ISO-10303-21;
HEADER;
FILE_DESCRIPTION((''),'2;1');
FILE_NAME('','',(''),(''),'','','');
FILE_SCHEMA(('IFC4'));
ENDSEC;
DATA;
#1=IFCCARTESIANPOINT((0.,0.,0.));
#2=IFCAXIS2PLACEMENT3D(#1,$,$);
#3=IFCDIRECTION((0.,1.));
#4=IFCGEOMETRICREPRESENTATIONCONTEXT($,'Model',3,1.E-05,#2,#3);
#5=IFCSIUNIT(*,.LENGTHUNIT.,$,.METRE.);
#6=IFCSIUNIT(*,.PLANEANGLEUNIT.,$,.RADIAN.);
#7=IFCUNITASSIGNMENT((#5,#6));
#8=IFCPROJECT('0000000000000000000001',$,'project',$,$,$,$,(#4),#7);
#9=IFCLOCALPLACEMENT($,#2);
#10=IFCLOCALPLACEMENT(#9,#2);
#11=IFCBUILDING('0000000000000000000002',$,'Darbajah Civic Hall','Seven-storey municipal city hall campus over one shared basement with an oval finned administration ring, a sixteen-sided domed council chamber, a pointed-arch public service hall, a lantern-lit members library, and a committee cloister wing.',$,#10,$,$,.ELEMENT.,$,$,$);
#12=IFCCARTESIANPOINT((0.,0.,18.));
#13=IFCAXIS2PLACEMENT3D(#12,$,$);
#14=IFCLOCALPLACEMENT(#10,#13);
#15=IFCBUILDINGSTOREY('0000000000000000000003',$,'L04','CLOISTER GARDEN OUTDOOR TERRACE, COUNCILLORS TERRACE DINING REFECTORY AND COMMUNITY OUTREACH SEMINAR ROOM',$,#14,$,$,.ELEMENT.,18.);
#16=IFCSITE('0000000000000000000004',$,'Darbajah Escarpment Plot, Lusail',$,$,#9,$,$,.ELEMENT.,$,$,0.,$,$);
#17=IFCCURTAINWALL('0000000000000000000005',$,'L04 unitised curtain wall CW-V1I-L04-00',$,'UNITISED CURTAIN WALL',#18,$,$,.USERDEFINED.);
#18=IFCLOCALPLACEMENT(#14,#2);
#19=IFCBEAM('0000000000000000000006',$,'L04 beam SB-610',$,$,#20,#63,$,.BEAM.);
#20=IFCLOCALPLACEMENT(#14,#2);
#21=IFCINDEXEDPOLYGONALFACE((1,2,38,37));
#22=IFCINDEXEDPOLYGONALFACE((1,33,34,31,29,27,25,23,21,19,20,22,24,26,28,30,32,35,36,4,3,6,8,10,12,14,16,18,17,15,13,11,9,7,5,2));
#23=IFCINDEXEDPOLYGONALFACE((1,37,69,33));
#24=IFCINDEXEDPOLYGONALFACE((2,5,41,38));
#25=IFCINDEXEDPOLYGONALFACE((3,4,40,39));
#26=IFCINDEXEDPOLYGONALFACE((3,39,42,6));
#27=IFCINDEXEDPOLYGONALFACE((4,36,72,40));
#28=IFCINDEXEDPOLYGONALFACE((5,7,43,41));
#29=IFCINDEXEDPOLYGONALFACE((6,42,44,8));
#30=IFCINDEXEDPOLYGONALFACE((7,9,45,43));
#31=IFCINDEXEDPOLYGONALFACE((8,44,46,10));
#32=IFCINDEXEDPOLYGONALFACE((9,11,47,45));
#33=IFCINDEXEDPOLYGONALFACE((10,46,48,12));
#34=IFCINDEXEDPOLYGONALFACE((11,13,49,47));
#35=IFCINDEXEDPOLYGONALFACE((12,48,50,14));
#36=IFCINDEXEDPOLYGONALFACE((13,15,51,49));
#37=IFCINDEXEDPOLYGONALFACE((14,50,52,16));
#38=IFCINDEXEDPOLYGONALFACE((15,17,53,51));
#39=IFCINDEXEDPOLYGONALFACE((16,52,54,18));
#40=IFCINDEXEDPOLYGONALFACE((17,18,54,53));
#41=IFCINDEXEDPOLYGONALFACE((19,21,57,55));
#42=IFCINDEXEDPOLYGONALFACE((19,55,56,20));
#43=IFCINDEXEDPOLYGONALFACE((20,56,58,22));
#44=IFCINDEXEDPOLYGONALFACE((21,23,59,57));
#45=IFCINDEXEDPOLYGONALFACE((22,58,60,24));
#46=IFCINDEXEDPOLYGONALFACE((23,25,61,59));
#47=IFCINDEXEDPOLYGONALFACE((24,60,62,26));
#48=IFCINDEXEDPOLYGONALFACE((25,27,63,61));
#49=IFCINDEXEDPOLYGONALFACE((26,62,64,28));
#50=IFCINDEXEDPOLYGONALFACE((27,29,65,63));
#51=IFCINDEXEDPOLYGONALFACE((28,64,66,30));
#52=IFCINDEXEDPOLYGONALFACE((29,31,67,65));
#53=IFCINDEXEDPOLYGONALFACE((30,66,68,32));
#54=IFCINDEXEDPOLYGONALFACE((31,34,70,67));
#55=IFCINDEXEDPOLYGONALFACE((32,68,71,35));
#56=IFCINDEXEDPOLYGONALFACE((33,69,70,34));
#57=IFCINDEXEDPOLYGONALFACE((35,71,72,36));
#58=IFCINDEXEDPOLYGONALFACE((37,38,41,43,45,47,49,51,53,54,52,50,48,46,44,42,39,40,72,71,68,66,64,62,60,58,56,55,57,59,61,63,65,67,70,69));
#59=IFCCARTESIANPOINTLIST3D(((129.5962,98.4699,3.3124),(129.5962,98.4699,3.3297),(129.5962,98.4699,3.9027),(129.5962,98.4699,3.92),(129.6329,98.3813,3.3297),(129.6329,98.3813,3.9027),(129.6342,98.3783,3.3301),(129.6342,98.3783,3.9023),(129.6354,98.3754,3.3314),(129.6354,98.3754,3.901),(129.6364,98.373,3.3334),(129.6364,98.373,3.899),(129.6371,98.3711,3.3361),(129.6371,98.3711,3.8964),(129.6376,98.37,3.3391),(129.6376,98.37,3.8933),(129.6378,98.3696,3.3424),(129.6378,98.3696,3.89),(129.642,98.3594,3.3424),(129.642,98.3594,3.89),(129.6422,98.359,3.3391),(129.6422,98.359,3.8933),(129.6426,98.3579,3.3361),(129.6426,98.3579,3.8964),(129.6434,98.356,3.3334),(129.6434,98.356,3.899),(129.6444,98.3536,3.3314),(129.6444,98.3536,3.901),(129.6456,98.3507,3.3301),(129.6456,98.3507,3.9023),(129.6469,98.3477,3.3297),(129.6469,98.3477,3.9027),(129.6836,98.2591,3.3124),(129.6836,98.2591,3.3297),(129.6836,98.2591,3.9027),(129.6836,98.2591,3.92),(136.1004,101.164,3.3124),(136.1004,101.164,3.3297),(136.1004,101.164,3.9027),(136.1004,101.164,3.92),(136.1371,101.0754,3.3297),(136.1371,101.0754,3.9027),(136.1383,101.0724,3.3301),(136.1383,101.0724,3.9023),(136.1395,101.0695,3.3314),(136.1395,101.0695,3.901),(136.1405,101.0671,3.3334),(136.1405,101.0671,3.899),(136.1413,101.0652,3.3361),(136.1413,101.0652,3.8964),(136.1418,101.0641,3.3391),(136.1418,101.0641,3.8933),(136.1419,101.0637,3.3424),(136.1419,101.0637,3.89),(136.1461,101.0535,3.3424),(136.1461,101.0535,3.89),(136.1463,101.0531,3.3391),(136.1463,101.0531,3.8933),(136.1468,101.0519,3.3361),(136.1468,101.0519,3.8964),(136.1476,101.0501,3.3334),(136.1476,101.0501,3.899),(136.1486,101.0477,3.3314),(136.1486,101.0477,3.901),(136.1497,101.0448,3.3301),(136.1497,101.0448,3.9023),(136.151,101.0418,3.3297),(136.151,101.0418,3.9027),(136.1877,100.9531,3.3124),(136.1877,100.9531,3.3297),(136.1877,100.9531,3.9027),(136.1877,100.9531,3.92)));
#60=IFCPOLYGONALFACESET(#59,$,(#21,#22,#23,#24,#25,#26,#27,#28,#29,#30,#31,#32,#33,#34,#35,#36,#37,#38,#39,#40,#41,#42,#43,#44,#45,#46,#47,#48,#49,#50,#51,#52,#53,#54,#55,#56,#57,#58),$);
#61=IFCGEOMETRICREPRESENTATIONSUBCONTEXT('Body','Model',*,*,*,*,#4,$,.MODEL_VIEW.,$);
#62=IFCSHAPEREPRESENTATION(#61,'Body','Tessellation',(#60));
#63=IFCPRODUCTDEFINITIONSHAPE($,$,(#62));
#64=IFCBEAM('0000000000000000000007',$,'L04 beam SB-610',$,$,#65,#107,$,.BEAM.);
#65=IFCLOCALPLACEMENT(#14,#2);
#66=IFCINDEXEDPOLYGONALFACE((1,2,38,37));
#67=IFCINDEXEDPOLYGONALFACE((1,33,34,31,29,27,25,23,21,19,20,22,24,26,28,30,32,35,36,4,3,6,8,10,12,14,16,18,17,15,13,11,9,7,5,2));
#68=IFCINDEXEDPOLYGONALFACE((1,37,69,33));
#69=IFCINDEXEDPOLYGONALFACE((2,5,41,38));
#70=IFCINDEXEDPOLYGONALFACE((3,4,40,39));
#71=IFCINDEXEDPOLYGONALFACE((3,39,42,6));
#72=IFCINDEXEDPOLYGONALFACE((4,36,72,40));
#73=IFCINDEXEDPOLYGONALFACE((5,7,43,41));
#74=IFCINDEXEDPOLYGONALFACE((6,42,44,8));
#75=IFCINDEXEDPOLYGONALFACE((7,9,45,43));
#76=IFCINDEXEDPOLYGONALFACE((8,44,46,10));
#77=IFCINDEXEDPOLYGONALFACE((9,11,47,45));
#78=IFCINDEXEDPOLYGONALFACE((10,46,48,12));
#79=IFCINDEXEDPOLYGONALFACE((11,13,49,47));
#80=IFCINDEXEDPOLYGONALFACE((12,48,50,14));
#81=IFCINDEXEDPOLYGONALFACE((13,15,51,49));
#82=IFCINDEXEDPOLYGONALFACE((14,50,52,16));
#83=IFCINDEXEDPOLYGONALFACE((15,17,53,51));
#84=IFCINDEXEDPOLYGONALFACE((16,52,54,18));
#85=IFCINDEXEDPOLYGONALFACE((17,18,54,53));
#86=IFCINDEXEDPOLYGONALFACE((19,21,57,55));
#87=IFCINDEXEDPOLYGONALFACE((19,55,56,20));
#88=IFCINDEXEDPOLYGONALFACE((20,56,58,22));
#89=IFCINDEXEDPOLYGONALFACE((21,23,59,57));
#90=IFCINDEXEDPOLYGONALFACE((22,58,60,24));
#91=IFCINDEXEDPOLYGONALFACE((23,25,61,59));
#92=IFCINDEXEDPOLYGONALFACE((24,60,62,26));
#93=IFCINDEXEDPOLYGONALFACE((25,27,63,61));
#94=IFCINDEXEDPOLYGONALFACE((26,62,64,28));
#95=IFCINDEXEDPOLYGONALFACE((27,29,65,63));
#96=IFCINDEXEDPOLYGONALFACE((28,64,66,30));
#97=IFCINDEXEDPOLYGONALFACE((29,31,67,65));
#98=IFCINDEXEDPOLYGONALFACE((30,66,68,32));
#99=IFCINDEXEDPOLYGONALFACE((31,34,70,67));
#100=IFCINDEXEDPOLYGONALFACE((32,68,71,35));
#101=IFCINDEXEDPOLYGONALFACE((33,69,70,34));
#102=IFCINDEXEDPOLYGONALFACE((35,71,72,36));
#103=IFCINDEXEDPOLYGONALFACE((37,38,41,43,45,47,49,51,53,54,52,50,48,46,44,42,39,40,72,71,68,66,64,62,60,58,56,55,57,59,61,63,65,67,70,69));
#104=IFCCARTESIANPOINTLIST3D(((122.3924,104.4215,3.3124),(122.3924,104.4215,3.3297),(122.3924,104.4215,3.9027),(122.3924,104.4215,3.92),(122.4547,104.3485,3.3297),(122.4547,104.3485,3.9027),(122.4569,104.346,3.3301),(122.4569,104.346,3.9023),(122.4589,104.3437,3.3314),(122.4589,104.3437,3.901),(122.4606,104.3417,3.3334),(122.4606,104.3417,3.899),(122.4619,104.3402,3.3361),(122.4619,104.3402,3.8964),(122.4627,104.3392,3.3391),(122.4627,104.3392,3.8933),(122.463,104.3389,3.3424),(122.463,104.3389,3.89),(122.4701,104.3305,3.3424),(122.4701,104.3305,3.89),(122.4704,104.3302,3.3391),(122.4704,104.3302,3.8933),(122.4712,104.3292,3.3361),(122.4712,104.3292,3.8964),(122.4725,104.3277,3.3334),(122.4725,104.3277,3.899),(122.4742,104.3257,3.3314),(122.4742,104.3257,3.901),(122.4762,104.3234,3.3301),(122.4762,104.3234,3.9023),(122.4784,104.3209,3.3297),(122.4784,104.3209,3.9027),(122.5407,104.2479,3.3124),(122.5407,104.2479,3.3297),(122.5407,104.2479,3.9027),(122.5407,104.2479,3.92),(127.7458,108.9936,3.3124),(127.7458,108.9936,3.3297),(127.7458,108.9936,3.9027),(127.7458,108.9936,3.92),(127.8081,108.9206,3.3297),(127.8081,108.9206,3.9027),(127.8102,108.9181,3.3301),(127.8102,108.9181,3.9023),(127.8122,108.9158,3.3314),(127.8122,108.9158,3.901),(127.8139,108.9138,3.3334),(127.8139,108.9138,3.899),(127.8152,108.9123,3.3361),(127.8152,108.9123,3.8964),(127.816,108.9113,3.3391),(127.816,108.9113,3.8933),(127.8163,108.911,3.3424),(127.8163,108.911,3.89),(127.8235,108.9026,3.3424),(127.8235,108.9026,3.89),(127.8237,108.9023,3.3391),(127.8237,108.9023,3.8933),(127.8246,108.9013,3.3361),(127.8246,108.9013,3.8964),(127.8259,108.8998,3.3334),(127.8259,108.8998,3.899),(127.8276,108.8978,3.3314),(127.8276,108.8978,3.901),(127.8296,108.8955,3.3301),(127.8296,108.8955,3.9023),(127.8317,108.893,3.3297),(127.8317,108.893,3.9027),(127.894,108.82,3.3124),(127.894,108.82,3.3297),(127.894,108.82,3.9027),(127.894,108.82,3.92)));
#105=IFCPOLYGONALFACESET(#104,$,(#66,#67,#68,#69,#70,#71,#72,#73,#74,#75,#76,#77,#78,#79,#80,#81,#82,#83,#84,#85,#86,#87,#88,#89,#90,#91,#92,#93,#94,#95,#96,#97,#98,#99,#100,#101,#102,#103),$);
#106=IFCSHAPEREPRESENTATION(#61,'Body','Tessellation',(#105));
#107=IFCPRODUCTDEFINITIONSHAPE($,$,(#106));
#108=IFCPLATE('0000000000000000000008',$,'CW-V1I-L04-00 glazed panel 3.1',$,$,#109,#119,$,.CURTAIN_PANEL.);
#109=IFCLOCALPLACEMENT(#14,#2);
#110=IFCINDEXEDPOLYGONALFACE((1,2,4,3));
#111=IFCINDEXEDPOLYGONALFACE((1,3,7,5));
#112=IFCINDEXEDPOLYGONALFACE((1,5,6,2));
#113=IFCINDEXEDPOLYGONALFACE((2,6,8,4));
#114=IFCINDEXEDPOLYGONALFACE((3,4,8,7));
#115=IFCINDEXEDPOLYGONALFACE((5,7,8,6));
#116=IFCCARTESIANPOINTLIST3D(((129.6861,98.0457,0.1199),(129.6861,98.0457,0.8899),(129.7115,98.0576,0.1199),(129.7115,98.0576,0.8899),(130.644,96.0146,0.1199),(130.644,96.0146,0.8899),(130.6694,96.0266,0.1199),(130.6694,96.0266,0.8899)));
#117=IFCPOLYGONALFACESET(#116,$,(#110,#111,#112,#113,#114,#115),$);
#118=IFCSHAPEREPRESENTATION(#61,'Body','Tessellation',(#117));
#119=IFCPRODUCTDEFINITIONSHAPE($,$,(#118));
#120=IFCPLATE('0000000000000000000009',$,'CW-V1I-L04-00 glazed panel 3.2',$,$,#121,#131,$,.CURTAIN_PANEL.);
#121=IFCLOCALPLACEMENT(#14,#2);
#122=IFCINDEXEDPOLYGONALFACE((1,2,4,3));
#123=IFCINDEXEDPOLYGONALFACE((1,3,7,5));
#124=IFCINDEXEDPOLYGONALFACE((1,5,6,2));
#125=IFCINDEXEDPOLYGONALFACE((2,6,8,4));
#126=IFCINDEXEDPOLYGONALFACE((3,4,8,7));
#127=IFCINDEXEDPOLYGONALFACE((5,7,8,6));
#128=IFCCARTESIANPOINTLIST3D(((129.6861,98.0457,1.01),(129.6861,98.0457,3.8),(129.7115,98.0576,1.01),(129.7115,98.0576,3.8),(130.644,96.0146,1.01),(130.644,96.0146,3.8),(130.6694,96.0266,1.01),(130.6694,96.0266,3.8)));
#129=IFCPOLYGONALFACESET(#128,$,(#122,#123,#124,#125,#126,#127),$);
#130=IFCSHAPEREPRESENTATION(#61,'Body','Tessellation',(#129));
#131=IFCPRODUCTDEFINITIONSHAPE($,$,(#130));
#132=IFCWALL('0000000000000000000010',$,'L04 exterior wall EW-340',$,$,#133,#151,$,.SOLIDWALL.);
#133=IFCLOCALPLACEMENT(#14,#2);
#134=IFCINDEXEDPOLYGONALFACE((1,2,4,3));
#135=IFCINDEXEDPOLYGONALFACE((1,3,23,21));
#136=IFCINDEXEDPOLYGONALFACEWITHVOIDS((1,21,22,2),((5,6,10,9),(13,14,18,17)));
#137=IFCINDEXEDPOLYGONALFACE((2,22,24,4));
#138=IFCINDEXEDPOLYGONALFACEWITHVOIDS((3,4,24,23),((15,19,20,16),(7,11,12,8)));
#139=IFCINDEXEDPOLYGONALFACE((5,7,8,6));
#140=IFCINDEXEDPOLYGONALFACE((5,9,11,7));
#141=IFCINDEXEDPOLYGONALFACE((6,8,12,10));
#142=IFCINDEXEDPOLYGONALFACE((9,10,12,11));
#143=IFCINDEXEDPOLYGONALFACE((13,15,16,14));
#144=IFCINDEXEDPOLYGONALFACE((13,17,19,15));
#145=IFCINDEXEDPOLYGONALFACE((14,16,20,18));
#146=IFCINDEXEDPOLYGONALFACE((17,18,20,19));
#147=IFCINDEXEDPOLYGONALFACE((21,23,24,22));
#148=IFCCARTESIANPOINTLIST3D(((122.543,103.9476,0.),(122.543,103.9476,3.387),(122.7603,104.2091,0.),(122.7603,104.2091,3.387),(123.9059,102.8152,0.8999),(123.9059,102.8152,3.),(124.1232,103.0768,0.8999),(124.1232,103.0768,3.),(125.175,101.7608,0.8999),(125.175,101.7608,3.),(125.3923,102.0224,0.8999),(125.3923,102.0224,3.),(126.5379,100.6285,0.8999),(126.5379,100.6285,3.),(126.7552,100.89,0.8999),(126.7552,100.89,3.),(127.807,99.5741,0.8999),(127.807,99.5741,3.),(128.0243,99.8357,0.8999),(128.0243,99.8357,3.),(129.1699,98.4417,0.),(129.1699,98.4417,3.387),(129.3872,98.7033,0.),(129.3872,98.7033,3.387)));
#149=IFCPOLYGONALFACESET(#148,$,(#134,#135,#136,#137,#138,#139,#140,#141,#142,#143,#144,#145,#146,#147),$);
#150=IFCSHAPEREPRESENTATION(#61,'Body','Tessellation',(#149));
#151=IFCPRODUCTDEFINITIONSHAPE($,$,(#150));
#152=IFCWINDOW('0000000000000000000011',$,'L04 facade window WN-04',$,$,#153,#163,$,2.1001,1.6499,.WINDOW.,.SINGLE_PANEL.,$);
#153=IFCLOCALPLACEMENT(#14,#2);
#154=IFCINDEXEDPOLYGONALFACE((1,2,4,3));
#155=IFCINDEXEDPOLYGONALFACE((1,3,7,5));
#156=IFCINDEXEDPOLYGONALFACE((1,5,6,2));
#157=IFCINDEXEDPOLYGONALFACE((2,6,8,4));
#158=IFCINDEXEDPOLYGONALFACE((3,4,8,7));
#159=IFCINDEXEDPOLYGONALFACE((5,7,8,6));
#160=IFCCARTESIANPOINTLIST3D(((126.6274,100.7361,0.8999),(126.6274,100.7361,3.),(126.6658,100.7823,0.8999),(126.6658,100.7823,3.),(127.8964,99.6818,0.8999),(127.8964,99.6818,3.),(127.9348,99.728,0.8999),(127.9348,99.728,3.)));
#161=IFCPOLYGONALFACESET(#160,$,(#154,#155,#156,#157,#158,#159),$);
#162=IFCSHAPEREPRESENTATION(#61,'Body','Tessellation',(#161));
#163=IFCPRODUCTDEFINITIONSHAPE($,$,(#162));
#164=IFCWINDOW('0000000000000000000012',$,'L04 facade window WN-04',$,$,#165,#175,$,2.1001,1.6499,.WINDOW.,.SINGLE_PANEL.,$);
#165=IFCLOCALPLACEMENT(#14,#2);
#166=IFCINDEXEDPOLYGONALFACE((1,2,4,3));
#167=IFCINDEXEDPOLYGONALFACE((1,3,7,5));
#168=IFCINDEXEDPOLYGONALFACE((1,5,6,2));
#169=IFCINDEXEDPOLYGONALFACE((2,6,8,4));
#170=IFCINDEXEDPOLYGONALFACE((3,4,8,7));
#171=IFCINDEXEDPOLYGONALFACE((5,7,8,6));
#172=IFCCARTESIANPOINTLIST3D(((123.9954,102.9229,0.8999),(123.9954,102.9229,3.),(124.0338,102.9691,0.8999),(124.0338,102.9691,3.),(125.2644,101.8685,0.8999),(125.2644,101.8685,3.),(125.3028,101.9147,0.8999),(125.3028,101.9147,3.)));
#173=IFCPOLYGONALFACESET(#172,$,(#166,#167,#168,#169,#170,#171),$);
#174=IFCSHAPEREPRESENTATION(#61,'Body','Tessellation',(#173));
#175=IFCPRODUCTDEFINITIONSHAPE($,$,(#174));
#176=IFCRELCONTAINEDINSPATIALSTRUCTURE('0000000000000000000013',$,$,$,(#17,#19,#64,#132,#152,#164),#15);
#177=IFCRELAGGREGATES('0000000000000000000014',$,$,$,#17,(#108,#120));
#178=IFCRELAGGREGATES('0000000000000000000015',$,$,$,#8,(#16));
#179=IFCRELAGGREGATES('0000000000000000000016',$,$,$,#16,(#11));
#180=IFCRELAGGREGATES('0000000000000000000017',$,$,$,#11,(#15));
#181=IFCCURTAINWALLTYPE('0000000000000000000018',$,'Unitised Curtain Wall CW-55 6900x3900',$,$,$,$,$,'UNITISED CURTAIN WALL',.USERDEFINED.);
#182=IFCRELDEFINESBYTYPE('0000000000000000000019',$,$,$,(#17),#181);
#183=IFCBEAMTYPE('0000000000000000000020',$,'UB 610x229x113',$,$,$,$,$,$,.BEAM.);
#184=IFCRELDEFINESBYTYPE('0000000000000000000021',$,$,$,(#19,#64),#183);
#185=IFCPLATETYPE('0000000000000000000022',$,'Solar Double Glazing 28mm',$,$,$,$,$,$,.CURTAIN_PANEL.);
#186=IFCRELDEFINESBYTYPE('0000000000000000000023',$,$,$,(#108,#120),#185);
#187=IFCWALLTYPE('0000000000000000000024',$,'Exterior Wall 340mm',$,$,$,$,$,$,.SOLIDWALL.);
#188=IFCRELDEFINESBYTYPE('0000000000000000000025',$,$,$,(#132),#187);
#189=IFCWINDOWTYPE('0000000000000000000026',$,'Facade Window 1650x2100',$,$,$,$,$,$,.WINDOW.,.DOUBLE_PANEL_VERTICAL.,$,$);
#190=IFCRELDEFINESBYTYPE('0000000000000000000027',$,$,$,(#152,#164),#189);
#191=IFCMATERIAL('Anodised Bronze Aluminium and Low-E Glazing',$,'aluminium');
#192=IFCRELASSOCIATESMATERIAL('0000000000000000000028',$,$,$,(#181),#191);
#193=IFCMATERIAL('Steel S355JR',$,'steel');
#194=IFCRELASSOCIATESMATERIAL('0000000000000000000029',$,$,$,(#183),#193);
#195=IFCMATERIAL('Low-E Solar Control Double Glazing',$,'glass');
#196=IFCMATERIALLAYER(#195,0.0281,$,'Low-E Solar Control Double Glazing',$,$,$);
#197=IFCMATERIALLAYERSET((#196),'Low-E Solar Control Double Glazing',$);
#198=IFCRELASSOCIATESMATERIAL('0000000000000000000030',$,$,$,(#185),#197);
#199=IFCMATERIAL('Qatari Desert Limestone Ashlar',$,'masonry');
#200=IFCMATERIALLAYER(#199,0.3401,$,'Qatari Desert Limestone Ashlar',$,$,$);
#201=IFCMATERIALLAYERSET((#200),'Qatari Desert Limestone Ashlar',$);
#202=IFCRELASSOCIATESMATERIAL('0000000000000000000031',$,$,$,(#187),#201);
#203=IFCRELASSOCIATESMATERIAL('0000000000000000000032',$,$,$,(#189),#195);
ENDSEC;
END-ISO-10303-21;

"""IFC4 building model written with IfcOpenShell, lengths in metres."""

from ifc_helpers import new_model, si_unit, direction, frame, frame_2d, origin, origin_2d, place, context, subcontext, project, spatial, rectangle, i_section, extrude, material, layer, layer_set, material_profile, profile_set, type_object, element, fill, aggregate, save


model = new_model("IFC4")

# Units and contexts
model_context = context("Model", 3, precision=1e-05, world=origin(), true_north=direction((0.0, 1.0)))
body_context = subcontext(model_context, "Body", "Model", "MODEL_VIEW")
ifc_project = project(units=[si_unit("LENGTHUNIT", "METRE"), si_unit("PLANEANGLEUNIT", "RADIAN")], contexts=[model_context])

# Site, building, storey
site_placement = place(None, origin())
site = spatial("IfcSite", under=ifc_project, at=site_placement, Name="Darbajah Escarpment Plot, Lusail", CompositionType="ELEMENT", RefElevation=0.0)
building_placement = place(site_placement, origin())
building = spatial("IfcBuilding", under=site, at=building_placement, Name="Darbajah Civic Hall", Description="Seven-storey municipal city hall campus over one shared basement with an oval finned administration ring, a sixteen-sided domed council chamber, a pointed-arch public service hall, a lantern-lit members library, and a committee cloister wing.", CompositionType="ELEMENT")
storey_placement = place(building_placement, frame((0.0, 0.0, 18.0)))
storey = spatial("IfcBuildingStorey", under=building, at=storey_placement, Name="L04", Description="CLOISTER GARDEN OUTDOOR TERRACE, COUNCILLORS TERRACE DINING REFECTORY AND COMMUNITY OUTREACH SEMINAR ROOM", CompositionType="ELEMENT", Elevation=18.0)

# Curtain wall
ifc_material_1 = material(Name="Anodised Bronze Aluminium and Low-E Glazing", Category="aluminium")
curtain_wall_type_1 = type_object("IfcCurtainWallType", Name="Unitised Curtain Wall CW-55 6900x3900", ElementType="UNITISED CURTAIN WALL", PredefinedType="USERDEFINED", material=ifc_material_1)
curtain_wall_1_placement = place(storey_placement, origin())
curtain_wall_1 = element("IfcCurtainWall", 1, at=curtain_wall_1_placement, inside=storey, type_object=curtain_wall_type_1, Name="L04 unitised curtain wall CW-V1I-L04-00", ObjectType="UNITISED CURTAIN WALL", PredefinedType="USERDEFINED")

# Beams
ifc_material_2 = material(Name="Steel S355JR", Category="steel")
ifc_material_profile_1 = material_profile(ifc_material_2, i_section(OverallWidth=0.2283, OverallDepth=0.6077, WebThickness=0.011, FlangeThickness=0.0173, FilletRadius=0.0127, at=origin_2d()), Name="UB 610x229x113")
ifc_profile_set_1 = profile_set([ifc_material_profile_1], Name="Steel S355JR")
beam_type_1 = type_object("IfcBeamType", Name="UB 610x229x113", PredefinedType="BEAM", material=ifc_profile_set_1)
for number, where, z_axis, x_axis, name in (
    (2, (129.6399, 98.3645, 3.6162), (0.92388, 0.382682, 0.0), (-0.382682, 0.92388, 0.0), "L04 beam SB-610"),
    (3, (122.4666, 104.3347, 3.6162), (0.760413, 0.649439, 0.0), (-0.649439, 0.760413, 0.0), "L04 beam SB-610"),
):
    element("IfcBeam", number, at=place(storey_placement, frame(where, z_axis=z_axis, x_axis=x_axis)), inside=storey, type_object=beam_type_1, Name=name, PredefinedType="BEAM", context=body_context, shape_type="SweptSolid", body=[
        extrude(i_section(OverallWidth=0.2283, OverallDepth=0.6077, WebThickness=0.011, FlangeThickness=0.0173, FilletRadius=0.0127, at=origin_2d()), origin(), (0.0, 0.0, 1.0), 7.04),
    ])

# Plates
ifc_material_3 = material(Name="Low-E Solar Control Double Glazing", Category="glass")
ifc_layer_1 = layer(ifc_material_3, 0.0281, Name="Low-E Solar Control Double Glazing")
ifc_layer_set_1 = layer_set([ifc_layer_1], Name="Low-E Solar Control Double Glazing")
plate_type = type_object("IfcPlateType", Name="Solar Double Glazing 28mm", PredefinedType="CURTAIN_PANEL", material=ifc_layer_set_1)
plate_1_placement = place(storey_placement, frame((130.1777, 97.0361, 0.1199), z_axis=(0.0, 0.0, 1.0), x_axis=(-0.426569, 0.904455, 0.0)))
plate_1 = element("IfcPlate", 4, at=plate_1_placement, type_object=plate_type, Name="CW-V1I-L04-00 glazed panel 3.1", PredefinedType="CURTAIN_PANEL", context=body_context, shape_type="SweptSolid", body=[
    extrude(rectangle(XDim=2.2456, YDim=0.0281, at=origin_2d()), origin(), (0.0, 0.0, 1.0), 0.77),
])
plate_2_placement = place(storey_placement, frame((130.1777, 97.0361, 1.01), z_axis=(0.0, 0.0, 1.0), x_axis=(-0.426569, 0.904455, 0.0)))
plate_2 = element("IfcPlate", 5, at=plate_2_placement, type_object=plate_type, Name="CW-V1I-L04-00 glazed panel 3.2", PredefinedType="CURTAIN_PANEL", context=body_context, shape_type="SweptSolid", body=[
    extrude(rectangle(XDim=2.2456, YDim=0.0281, at=origin_2d()), origin(), (0.0, 0.0, 1.0), 2.79),
])
aggregate(curtain_wall_1, [plate_1, plate_2])

# Wall, openings, windows
ifc_material_4 = material(Name="Qatari Desert Limestone Ashlar", Category="masonry")
ifc_layer_2 = layer(ifc_material_4, 0.3401, Name="Qatari Desert Limestone Ashlar")
ifc_layer_set_2 = layer_set([ifc_layer_2], Name="Qatari Desert Limestone Ashlar")
wall_type_1 = type_object("IfcWallType", Name="Exterior Wall 340mm", PredefinedType="SOLIDWALL", material=ifc_layer_set_2)
wall_1_placement = place(storey_placement, frame((129.2786, 98.5725, 0.0), z_axis=(0.0, 0.0, 1.0), x_axis=(-0.769168, 0.639047, 0.0)))
wall_1 = element("IfcWall", 6, at=wall_1_placement, inside=storey, type_object=wall_type_1, Name="L04 exterior wall EW-340", PredefinedType="SOLIDWALL", context=body_context, shape_type="SweptSolid", body=[
    extrude(rectangle(XDim=8.6157, YDim=0.3401, at=frame_2d((4.3079, 0.0))), origin(), (0.0, 0.0, 1.0), 3.387),
])
opening_1_placement = place(wall_1_placement, frame((1.772, 0.0, 0.8999)))
opening_1 = element("IfcOpeningElement", 7, at=opening_1_placement, cuts=wall_1, PredefinedType="OPENING", context=body_context, shape_type="SweptSolid", body=[
    extrude(rectangle(XDim=1.6499, YDim=2.1001, at=frame_2d((0.825, 1.05))), frame((0.0, 0.1799, 0.0), z_axis=(0.0, -1.0, 0.0), x_axis=(1.0, 0.0, 0.0)), (0.0, 0.0, 1.0), 0.3601),
])
opening_2_placement = place(wall_1_placement, frame((5.1938, 0.0, 0.8999)))
opening_2 = element("IfcOpeningElement", 8, at=opening_2_placement, cuts=wall_1, PredefinedType="OPENING", context=body_context, shape_type="SweptSolid", body=[
    extrude(rectangle(XDim=1.6499, YDim=2.1001, at=frame_2d((0.825, 1.05))), frame((0.0, 0.1799, 0.0), z_axis=(0.0, -1.0, 0.0), x_axis=(1.0, 0.0, 0.0)), (0.0, 0.0, 1.0), 0.3601),
])
window_type_1 = type_object("IfcWindowType", Name="Facade Window 1650x2100", PartitioningType="DOUBLE_PANEL_VERTICAL", PredefinedType="WINDOW", material=ifc_material_3)
window_1_placement = place(opening_1_placement, origin())
window_1 = element("IfcWindow", 9, at=window_1_placement, inside=storey, type_object=window_type_1, Name="L04 facade window WN-04", OverallHeight=2.1001, OverallWidth=1.6499, PartitioningType="SINGLE_PANEL", PredefinedType="WINDOW", context=body_context, shape_type="SweptSolid", body=[
    extrude(rectangle(XDim=1.6499, YDim=2.1001, at=frame_2d((0.825, 1.05))), frame((0.0, 0.03, 0.0), z_axis=(0.0, -1.0, 0.0), x_axis=(1.0, 0.0, 0.0)), (0.0, 0.0, 1.0), 0.0601),
])
fill(opening_1, window_1)
window_2_placement = place(opening_2_placement, origin())
window_2 = element("IfcWindow", 10, at=window_2_placement, inside=storey, type_object=window_type_1, Name="L04 facade window WN-04", OverallHeight=2.1001, OverallWidth=1.6499, PartitioningType="SINGLE_PANEL", PredefinedType="WINDOW", context=body_context, shape_type="SweptSolid", body=[
    extrude(rectangle(XDim=1.6499, YDim=2.1001, at=frame_2d((0.825, 1.05))), frame((0.0, 0.03, 0.0), z_axis=(0.0, -1.0, 0.0), x_axis=(1.0, 0.0, 0.0)), (0.0, 0.0, 1.0), 0.0601),
])
fill(opening_2, window_2)

save(model, "model.ifc")
